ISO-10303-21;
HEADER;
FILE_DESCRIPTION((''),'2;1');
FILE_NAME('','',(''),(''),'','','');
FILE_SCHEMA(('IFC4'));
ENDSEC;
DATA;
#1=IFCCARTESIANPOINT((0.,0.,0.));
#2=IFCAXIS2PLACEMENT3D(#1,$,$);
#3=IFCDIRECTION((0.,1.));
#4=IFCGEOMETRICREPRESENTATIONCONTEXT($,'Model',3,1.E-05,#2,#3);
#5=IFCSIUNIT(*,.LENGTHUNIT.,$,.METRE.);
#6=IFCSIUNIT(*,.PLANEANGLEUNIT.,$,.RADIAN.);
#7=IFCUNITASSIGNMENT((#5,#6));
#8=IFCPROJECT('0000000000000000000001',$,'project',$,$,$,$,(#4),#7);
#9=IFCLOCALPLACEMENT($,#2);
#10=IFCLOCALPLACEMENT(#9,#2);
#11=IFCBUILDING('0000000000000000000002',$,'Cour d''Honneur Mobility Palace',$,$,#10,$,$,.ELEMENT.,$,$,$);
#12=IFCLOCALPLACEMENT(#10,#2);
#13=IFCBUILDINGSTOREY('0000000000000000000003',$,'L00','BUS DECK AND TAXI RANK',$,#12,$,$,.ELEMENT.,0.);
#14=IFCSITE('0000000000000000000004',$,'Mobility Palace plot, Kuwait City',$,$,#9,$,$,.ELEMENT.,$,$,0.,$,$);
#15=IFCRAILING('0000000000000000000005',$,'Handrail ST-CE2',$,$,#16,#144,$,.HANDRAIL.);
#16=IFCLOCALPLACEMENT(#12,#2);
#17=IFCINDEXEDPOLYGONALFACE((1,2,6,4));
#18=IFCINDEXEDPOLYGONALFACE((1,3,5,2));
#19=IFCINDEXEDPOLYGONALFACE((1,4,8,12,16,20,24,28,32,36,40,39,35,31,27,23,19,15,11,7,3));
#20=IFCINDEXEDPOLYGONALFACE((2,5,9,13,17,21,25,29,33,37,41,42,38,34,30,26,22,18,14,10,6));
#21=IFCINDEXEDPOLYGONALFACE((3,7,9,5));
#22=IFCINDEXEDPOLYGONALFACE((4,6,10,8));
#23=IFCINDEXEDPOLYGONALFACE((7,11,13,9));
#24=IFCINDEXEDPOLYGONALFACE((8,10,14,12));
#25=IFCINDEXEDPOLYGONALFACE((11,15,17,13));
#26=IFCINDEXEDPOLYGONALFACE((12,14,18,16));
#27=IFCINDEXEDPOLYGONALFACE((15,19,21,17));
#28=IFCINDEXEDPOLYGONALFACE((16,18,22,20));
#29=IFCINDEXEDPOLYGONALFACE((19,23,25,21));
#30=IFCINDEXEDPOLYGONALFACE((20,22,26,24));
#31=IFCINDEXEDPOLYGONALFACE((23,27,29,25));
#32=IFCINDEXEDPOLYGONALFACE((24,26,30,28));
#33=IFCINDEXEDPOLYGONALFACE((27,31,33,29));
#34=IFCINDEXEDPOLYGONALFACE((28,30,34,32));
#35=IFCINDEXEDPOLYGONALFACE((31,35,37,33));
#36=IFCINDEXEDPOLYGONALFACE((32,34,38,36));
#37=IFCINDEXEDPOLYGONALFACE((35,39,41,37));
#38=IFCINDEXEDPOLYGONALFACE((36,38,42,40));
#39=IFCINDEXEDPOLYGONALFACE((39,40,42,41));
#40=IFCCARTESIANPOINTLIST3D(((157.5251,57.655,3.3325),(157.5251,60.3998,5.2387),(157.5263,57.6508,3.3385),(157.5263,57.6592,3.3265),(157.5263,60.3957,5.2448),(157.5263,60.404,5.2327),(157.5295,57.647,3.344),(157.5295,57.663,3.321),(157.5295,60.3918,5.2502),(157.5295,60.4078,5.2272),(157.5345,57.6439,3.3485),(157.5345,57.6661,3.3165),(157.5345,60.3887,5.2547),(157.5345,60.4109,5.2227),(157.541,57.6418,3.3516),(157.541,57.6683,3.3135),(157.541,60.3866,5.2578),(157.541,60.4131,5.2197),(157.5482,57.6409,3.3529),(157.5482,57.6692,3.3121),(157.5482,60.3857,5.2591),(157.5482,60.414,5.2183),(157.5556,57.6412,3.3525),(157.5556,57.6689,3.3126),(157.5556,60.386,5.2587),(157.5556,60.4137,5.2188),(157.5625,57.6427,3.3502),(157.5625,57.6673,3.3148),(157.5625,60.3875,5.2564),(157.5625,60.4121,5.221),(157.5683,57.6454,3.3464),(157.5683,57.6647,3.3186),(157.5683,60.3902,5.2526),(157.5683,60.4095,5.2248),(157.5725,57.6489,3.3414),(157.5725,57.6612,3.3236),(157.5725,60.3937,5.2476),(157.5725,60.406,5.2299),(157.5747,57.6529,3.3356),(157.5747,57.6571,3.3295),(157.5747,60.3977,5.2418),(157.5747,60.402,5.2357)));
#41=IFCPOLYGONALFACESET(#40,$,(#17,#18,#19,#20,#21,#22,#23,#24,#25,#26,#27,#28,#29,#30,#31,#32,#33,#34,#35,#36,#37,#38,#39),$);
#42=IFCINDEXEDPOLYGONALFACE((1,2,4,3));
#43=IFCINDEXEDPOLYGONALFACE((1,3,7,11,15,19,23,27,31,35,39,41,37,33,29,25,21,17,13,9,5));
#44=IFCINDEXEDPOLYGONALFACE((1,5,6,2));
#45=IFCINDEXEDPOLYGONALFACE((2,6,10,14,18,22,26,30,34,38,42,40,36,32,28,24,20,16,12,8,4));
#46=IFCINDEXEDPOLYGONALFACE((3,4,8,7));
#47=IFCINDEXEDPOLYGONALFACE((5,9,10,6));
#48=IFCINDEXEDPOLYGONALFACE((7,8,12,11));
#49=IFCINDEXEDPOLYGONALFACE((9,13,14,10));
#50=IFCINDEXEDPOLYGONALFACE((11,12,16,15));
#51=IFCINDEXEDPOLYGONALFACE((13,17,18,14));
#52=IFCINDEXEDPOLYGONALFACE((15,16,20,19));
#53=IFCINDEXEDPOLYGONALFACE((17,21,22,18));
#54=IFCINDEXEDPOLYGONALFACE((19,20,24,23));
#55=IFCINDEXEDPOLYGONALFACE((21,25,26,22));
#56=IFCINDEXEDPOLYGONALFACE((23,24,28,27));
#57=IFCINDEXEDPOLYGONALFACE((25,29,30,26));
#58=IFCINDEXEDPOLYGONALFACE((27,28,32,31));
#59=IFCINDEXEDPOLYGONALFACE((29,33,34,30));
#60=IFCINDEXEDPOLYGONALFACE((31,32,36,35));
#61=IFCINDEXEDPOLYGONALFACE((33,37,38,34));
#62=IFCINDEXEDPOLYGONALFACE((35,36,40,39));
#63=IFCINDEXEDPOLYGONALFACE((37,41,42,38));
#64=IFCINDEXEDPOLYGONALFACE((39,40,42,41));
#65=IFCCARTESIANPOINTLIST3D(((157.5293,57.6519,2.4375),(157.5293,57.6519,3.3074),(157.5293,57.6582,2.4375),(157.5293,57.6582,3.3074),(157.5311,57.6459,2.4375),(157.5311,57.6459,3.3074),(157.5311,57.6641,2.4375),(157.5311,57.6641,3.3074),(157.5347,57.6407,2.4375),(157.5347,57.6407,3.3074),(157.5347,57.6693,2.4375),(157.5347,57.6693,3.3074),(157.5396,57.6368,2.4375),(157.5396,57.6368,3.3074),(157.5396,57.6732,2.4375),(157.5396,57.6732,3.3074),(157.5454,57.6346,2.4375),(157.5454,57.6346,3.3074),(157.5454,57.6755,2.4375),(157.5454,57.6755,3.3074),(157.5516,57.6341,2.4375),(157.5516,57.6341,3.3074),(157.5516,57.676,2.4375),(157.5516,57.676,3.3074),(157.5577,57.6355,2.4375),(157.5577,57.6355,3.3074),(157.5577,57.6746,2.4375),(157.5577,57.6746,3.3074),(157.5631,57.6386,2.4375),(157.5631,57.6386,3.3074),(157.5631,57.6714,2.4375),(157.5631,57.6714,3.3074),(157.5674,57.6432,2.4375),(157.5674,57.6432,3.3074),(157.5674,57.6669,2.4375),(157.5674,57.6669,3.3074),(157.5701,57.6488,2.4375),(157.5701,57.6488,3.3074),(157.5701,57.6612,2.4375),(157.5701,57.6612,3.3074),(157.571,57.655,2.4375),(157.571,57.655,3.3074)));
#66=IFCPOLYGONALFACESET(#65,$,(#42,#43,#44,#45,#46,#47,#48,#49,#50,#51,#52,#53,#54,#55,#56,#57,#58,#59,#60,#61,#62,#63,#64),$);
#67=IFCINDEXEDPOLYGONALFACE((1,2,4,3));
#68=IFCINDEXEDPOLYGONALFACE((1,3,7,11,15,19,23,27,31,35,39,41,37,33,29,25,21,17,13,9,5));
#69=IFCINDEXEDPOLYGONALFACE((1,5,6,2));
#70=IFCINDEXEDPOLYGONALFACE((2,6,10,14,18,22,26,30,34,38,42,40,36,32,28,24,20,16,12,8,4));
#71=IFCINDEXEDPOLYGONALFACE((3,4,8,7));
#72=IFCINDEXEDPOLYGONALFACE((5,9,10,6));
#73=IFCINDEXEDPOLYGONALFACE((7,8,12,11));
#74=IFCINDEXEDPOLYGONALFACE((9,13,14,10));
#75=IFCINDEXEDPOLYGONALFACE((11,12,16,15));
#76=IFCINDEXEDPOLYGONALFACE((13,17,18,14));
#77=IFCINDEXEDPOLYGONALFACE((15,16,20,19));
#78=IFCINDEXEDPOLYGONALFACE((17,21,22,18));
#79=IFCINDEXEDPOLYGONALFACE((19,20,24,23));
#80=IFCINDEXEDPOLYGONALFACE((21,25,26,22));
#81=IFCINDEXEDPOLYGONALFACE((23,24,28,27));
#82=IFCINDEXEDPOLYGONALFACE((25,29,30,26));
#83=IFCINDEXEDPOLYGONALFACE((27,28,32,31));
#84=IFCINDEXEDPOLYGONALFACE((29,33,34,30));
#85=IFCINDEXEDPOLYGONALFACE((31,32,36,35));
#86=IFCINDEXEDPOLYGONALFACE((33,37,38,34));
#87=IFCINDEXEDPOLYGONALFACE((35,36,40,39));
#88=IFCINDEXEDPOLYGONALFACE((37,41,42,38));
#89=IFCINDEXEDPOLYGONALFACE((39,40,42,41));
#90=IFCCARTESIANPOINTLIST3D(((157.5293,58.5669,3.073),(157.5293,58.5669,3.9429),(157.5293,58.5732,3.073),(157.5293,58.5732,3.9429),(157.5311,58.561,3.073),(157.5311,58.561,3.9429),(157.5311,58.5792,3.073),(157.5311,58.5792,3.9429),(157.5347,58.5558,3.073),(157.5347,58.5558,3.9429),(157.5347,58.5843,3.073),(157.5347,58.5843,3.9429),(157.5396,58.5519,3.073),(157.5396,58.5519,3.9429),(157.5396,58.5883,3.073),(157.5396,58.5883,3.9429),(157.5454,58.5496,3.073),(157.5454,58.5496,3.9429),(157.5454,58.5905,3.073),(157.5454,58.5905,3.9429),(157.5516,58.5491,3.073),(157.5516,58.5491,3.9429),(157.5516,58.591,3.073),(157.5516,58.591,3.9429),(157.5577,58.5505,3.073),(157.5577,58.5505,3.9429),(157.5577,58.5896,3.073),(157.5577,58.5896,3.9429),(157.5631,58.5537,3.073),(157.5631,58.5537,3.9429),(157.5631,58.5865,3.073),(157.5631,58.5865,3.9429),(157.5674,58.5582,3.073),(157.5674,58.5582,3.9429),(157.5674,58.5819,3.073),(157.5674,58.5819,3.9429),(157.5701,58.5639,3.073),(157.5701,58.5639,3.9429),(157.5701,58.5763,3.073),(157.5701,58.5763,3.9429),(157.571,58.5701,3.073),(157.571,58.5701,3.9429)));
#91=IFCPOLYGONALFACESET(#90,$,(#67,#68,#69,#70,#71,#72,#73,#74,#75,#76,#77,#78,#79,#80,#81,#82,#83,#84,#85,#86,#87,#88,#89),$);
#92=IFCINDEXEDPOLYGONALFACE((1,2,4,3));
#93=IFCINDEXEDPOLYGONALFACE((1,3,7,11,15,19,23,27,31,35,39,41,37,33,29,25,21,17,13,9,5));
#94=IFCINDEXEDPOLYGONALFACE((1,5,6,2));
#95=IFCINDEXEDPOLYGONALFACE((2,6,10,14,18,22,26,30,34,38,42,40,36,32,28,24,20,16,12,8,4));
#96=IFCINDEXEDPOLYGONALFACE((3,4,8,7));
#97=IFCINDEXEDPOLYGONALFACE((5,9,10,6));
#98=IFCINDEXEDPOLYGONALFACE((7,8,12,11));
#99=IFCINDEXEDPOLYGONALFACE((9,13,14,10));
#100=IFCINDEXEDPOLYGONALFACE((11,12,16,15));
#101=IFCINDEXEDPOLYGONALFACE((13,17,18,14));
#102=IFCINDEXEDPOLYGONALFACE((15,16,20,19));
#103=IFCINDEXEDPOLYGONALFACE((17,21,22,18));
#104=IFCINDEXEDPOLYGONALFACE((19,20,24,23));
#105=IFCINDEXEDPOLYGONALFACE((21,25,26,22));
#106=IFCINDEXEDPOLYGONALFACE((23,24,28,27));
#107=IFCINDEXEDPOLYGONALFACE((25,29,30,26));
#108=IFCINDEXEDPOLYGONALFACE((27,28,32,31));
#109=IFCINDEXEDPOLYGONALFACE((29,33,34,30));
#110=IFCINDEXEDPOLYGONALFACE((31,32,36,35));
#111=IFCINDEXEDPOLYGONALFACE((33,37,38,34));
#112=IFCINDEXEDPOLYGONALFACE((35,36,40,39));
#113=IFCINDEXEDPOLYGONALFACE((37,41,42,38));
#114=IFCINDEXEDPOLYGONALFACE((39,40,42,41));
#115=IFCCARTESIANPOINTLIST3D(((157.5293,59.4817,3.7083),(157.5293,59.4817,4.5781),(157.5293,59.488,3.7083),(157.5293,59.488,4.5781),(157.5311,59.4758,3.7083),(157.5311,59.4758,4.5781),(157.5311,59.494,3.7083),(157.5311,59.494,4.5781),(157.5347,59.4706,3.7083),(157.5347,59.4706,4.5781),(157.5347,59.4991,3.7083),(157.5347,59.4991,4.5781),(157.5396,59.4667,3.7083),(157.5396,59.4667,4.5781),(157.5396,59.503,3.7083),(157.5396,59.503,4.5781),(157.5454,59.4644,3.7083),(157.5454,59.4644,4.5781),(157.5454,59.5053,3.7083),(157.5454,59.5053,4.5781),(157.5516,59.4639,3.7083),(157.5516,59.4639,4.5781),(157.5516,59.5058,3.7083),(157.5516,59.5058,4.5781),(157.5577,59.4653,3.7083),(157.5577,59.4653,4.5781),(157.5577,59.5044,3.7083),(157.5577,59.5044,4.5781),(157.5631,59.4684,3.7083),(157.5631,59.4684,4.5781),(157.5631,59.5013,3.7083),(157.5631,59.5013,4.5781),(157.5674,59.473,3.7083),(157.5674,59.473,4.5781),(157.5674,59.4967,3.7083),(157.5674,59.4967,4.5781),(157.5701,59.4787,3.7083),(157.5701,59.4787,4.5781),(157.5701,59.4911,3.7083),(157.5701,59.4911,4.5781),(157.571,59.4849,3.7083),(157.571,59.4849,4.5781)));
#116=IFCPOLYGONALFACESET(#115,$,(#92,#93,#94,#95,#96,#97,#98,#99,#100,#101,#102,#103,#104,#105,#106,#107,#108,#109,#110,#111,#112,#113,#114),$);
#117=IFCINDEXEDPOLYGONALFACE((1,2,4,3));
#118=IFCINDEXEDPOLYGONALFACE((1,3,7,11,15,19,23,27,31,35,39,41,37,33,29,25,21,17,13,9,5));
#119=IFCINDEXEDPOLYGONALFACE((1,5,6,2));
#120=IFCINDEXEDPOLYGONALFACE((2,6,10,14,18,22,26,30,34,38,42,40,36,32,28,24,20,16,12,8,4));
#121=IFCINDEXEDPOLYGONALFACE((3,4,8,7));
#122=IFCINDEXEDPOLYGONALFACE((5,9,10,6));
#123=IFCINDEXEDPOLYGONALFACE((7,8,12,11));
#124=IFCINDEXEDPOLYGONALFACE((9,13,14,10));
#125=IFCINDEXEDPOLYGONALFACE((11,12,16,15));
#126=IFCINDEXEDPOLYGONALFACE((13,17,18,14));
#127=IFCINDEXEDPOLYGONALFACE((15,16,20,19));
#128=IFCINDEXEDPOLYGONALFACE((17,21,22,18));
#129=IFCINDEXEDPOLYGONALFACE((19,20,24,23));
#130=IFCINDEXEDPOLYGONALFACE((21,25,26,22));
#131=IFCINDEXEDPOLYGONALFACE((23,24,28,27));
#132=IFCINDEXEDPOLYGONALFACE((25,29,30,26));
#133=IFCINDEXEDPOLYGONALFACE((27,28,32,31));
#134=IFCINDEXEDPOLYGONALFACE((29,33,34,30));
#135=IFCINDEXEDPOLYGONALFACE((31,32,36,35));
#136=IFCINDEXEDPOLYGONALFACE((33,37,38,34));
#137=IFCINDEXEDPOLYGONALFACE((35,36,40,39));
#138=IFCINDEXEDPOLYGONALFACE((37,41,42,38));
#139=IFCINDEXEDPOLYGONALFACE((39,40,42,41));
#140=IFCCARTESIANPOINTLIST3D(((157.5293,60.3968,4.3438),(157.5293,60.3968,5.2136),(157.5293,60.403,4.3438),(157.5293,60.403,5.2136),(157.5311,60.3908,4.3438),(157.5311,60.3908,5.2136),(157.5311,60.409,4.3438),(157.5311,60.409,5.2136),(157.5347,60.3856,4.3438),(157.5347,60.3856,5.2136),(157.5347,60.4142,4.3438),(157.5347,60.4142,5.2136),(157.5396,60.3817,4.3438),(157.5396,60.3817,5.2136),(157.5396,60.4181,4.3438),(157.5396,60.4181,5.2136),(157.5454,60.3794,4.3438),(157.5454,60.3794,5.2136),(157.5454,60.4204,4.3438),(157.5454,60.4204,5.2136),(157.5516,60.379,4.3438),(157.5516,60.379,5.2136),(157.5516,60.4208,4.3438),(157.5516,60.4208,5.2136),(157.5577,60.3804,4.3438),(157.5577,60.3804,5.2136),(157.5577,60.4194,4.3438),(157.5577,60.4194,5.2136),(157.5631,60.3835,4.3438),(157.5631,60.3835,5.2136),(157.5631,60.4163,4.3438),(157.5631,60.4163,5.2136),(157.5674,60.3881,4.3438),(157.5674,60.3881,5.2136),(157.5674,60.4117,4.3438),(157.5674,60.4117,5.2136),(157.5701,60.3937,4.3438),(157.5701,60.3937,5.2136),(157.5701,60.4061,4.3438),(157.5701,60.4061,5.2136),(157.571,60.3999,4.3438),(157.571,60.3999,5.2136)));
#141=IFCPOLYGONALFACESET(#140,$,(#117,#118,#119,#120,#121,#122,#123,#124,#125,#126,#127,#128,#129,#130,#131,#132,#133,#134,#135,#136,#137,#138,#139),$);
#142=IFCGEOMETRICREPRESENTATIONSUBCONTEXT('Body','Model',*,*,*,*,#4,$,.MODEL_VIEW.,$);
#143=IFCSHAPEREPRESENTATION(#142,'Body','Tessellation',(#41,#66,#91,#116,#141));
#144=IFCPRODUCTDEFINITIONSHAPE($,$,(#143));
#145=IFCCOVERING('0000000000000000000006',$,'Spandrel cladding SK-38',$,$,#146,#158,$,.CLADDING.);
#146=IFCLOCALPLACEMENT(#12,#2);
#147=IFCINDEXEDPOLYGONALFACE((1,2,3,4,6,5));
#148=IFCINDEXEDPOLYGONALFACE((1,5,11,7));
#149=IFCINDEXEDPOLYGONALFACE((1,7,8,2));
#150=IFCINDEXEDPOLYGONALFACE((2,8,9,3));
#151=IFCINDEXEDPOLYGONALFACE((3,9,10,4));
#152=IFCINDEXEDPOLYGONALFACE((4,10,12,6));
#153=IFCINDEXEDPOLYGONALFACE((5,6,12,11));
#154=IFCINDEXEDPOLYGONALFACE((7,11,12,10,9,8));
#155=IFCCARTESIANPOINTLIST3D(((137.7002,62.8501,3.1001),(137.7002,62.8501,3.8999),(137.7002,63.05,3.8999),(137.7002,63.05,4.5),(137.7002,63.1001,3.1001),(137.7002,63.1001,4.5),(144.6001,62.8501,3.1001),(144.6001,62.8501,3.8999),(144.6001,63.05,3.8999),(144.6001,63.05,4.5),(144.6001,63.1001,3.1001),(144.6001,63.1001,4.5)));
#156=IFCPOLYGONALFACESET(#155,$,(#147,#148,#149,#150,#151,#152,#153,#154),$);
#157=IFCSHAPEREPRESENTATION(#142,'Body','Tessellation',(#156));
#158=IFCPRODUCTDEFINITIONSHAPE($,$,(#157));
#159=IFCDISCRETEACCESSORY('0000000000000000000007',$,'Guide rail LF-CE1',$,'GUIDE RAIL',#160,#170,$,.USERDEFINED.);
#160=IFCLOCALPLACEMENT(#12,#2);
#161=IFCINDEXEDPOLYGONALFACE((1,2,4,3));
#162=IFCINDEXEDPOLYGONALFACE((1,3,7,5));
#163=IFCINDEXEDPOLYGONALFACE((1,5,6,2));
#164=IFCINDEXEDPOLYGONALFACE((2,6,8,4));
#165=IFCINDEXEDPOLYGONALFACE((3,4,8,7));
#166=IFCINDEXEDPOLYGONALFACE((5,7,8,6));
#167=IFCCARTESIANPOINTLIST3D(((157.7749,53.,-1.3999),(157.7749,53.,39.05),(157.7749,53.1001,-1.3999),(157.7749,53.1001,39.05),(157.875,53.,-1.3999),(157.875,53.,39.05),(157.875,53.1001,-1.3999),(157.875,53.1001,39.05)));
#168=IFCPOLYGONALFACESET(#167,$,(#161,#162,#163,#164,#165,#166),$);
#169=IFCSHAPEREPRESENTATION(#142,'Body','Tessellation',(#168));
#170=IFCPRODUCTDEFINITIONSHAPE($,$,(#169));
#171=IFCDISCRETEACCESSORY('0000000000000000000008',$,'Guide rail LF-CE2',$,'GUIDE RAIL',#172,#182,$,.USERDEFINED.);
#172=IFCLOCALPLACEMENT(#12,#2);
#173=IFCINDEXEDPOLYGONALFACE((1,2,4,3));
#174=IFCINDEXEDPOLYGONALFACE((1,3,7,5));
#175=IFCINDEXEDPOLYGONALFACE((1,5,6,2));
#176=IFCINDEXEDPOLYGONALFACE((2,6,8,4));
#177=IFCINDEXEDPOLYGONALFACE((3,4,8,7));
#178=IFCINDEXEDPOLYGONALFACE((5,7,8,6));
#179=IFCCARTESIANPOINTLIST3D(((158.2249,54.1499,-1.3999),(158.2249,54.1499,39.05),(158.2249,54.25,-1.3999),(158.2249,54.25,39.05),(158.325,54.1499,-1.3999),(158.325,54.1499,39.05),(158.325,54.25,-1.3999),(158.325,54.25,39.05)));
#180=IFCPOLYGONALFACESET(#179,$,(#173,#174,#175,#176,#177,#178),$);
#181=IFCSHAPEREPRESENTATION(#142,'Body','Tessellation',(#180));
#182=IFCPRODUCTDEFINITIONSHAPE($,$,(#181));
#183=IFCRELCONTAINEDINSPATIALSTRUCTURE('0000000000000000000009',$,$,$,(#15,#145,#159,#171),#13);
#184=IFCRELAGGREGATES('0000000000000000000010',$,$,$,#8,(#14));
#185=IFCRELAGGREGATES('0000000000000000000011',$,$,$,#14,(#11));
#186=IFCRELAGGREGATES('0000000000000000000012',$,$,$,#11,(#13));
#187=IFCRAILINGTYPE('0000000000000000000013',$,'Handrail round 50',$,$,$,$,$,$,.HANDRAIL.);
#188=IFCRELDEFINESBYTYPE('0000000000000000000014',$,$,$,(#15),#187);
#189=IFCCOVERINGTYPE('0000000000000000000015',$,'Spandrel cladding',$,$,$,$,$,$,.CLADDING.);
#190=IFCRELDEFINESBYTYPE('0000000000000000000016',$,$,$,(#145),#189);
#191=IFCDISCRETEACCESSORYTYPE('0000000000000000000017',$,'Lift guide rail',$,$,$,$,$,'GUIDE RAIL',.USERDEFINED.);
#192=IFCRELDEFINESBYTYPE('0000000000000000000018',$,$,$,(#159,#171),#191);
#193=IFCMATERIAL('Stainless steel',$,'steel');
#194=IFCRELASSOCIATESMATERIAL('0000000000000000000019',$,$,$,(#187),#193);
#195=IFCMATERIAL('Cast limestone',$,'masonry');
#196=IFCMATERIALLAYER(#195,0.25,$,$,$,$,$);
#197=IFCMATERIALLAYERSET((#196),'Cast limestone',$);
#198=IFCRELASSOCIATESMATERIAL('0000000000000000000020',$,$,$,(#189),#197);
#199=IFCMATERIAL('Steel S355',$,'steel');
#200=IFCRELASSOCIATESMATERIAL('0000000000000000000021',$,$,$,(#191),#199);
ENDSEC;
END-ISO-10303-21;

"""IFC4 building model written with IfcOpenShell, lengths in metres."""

from ifc_helpers import new_model, si_unit, direction, frame, origin, origin_2d, place, context, subcontext, project, spatial, polyline, rectangle, circle, outline, extrude, material, layer, layer_set, type_object, element, save


model = new_model("IFC4")

# Units and contexts
model_context = context("Model", 3, precision=1e-05, world=origin(), true_north=direction((0.0, 1.0)))
body_context = subcontext(model_context, "Body", "Model", "MODEL_VIEW")
ifc_project = project(units=[si_unit("LENGTHUNIT", "METRE"), si_unit("PLANEANGLEUNIT", "RADIAN")], contexts=[model_context])

# Site, building, storey
site_placement = place(None, origin())
site = spatial("IfcSite", under=ifc_project, at=site_placement, Name="Mobility Palace plot, Kuwait City", CompositionType="ELEMENT", RefElevation=0.0)
building_placement = place(site_placement, origin())
building = spatial("IfcBuilding", under=site, at=building_placement, Name="Cour d'Honneur Mobility Palace", CompositionType="ELEMENT")
storey_placement = place(building_placement, origin())
storey = spatial("IfcBuildingStorey", under=building, at=storey_placement, Name="L00", Description="BUS DECK AND TAXI RANK", CompositionType="ELEMENT", Elevation=0.0)

# Railing
ifc_material_1 = material(Name="Stainless steel", Category="steel")
railing_type = type_object("IfcRailingType", Name="Handrail round 50", PredefinedType="HANDRAIL", material=ifc_material_1)
railing_placement = place(storey_placement, frame((157.55, 57.655, 2.4375)))
element("IfcRailing", 1, at=railing_placement, inside=storey, type_object=railing_type, Name="Handrail ST-CE2", PredefinedType="HANDRAIL", context=body_context, shape_type="SweptSolid", body=[
    extrude(circle(Radius=0.0249, at=origin_2d()), frame((0.0, 0.0, 0.895), z_axis=(0.0, 0.821358, 0.570414), x_axis=(-1.0, 0.0, 0.0)), (0.0, 0.0, 1.0), 3.3418),
    extrude(circle(Radius=0.021, at=origin_2d()), origin(), (0.0, 0.0, 1.0), 0.8699),
    extrude(circle(Radius=0.021, at=origin_2d()), frame((0.0, 0.915, 0.6355)), (0.0, 0.0, 1.0), 0.8699),
    extrude(circle(Radius=0.021, at=origin_2d()), frame((0.0, 1.8298, 1.2708)), (0.0, 0.0, 1.0), 0.8699),
    extrude(circle(Radius=0.021, at=origin_2d()), frame((0.0, 2.7449, 1.9062)), (0.0, 0.0, 1.0), 0.8699),
])

# Covering
ifc_material_2 = material(Name="Cast limestone", Category="masonry")
ifc_layer_1 = layer(ifc_material_2, 0.25)
ifc_layer_set_1 = layer_set([ifc_layer_1], Name="Cast limestone")
covering_type = type_object("IfcCoveringType", Name="Spandrel cladding", PredefinedType="CLADDING", material=ifc_layer_set_1)
covering_placement = place(storey_placement, frame((144.6001, 62.8501, 3.1001), z_axis=(1.0, 0.0, 0.0), x_axis=(0.0, 1.0, 0.0)))
element("IfcCovering", 2, at=covering_placement, inside=storey, type_object=covering_type, Name="Spandrel cladding SK-38", PredefinedType="CLADDING", context=body_context, shape_type="SweptSolid", body=[
    extrude(outline(polyline([(0.0, 0.0), (0.25, 0.0), (0.25, 1.3999), (0.2, 1.3999), (0.2, 0.7998), (0.0, 0.7998), (0.0, 0.0)])), origin(), (0.0, 0.0, -1.0), 6.8999),
])

# Discrete accessories
ifc_material_3 = material(Name="Steel S355", Category="steel")
discrete_accessory_type = type_object("IfcDiscreteAccessoryType", Name="Lift guide rail", ElementType="GUIDE RAIL", PredefinedType="USERDEFINED", material=ifc_material_3)
for number, where, z_axis, x_axis, name in (
    (3, (157.825, 53.05, -1.3999), (0.0, 0.0, 1.0), (1.0, 0.0, 0.0), "Guide rail LF-CE1"),
    (4, (158.2749, 54.2, -1.3999), (0.0, 0.0, 1.0), (1.0, 0.0, 0.0), "Guide rail LF-CE2"),
):
    element("IfcDiscreteAccessory", number, at=place(storey_placement, frame(where, z_axis=z_axis, x_axis=x_axis)), inside=storey, type_object=discrete_accessory_type, Name=name, ObjectType="GUIDE RAIL", PredefinedType="USERDEFINED", context=body_context, shape_type="SweptSolid", body=[
        extrude(rectangle(XDim=0.1001, YDim=0.1001, at=origin_2d()), origin(), (0.0, 0.0, 1.0), 40.45),
    ])

save(model, "model.ifc")
